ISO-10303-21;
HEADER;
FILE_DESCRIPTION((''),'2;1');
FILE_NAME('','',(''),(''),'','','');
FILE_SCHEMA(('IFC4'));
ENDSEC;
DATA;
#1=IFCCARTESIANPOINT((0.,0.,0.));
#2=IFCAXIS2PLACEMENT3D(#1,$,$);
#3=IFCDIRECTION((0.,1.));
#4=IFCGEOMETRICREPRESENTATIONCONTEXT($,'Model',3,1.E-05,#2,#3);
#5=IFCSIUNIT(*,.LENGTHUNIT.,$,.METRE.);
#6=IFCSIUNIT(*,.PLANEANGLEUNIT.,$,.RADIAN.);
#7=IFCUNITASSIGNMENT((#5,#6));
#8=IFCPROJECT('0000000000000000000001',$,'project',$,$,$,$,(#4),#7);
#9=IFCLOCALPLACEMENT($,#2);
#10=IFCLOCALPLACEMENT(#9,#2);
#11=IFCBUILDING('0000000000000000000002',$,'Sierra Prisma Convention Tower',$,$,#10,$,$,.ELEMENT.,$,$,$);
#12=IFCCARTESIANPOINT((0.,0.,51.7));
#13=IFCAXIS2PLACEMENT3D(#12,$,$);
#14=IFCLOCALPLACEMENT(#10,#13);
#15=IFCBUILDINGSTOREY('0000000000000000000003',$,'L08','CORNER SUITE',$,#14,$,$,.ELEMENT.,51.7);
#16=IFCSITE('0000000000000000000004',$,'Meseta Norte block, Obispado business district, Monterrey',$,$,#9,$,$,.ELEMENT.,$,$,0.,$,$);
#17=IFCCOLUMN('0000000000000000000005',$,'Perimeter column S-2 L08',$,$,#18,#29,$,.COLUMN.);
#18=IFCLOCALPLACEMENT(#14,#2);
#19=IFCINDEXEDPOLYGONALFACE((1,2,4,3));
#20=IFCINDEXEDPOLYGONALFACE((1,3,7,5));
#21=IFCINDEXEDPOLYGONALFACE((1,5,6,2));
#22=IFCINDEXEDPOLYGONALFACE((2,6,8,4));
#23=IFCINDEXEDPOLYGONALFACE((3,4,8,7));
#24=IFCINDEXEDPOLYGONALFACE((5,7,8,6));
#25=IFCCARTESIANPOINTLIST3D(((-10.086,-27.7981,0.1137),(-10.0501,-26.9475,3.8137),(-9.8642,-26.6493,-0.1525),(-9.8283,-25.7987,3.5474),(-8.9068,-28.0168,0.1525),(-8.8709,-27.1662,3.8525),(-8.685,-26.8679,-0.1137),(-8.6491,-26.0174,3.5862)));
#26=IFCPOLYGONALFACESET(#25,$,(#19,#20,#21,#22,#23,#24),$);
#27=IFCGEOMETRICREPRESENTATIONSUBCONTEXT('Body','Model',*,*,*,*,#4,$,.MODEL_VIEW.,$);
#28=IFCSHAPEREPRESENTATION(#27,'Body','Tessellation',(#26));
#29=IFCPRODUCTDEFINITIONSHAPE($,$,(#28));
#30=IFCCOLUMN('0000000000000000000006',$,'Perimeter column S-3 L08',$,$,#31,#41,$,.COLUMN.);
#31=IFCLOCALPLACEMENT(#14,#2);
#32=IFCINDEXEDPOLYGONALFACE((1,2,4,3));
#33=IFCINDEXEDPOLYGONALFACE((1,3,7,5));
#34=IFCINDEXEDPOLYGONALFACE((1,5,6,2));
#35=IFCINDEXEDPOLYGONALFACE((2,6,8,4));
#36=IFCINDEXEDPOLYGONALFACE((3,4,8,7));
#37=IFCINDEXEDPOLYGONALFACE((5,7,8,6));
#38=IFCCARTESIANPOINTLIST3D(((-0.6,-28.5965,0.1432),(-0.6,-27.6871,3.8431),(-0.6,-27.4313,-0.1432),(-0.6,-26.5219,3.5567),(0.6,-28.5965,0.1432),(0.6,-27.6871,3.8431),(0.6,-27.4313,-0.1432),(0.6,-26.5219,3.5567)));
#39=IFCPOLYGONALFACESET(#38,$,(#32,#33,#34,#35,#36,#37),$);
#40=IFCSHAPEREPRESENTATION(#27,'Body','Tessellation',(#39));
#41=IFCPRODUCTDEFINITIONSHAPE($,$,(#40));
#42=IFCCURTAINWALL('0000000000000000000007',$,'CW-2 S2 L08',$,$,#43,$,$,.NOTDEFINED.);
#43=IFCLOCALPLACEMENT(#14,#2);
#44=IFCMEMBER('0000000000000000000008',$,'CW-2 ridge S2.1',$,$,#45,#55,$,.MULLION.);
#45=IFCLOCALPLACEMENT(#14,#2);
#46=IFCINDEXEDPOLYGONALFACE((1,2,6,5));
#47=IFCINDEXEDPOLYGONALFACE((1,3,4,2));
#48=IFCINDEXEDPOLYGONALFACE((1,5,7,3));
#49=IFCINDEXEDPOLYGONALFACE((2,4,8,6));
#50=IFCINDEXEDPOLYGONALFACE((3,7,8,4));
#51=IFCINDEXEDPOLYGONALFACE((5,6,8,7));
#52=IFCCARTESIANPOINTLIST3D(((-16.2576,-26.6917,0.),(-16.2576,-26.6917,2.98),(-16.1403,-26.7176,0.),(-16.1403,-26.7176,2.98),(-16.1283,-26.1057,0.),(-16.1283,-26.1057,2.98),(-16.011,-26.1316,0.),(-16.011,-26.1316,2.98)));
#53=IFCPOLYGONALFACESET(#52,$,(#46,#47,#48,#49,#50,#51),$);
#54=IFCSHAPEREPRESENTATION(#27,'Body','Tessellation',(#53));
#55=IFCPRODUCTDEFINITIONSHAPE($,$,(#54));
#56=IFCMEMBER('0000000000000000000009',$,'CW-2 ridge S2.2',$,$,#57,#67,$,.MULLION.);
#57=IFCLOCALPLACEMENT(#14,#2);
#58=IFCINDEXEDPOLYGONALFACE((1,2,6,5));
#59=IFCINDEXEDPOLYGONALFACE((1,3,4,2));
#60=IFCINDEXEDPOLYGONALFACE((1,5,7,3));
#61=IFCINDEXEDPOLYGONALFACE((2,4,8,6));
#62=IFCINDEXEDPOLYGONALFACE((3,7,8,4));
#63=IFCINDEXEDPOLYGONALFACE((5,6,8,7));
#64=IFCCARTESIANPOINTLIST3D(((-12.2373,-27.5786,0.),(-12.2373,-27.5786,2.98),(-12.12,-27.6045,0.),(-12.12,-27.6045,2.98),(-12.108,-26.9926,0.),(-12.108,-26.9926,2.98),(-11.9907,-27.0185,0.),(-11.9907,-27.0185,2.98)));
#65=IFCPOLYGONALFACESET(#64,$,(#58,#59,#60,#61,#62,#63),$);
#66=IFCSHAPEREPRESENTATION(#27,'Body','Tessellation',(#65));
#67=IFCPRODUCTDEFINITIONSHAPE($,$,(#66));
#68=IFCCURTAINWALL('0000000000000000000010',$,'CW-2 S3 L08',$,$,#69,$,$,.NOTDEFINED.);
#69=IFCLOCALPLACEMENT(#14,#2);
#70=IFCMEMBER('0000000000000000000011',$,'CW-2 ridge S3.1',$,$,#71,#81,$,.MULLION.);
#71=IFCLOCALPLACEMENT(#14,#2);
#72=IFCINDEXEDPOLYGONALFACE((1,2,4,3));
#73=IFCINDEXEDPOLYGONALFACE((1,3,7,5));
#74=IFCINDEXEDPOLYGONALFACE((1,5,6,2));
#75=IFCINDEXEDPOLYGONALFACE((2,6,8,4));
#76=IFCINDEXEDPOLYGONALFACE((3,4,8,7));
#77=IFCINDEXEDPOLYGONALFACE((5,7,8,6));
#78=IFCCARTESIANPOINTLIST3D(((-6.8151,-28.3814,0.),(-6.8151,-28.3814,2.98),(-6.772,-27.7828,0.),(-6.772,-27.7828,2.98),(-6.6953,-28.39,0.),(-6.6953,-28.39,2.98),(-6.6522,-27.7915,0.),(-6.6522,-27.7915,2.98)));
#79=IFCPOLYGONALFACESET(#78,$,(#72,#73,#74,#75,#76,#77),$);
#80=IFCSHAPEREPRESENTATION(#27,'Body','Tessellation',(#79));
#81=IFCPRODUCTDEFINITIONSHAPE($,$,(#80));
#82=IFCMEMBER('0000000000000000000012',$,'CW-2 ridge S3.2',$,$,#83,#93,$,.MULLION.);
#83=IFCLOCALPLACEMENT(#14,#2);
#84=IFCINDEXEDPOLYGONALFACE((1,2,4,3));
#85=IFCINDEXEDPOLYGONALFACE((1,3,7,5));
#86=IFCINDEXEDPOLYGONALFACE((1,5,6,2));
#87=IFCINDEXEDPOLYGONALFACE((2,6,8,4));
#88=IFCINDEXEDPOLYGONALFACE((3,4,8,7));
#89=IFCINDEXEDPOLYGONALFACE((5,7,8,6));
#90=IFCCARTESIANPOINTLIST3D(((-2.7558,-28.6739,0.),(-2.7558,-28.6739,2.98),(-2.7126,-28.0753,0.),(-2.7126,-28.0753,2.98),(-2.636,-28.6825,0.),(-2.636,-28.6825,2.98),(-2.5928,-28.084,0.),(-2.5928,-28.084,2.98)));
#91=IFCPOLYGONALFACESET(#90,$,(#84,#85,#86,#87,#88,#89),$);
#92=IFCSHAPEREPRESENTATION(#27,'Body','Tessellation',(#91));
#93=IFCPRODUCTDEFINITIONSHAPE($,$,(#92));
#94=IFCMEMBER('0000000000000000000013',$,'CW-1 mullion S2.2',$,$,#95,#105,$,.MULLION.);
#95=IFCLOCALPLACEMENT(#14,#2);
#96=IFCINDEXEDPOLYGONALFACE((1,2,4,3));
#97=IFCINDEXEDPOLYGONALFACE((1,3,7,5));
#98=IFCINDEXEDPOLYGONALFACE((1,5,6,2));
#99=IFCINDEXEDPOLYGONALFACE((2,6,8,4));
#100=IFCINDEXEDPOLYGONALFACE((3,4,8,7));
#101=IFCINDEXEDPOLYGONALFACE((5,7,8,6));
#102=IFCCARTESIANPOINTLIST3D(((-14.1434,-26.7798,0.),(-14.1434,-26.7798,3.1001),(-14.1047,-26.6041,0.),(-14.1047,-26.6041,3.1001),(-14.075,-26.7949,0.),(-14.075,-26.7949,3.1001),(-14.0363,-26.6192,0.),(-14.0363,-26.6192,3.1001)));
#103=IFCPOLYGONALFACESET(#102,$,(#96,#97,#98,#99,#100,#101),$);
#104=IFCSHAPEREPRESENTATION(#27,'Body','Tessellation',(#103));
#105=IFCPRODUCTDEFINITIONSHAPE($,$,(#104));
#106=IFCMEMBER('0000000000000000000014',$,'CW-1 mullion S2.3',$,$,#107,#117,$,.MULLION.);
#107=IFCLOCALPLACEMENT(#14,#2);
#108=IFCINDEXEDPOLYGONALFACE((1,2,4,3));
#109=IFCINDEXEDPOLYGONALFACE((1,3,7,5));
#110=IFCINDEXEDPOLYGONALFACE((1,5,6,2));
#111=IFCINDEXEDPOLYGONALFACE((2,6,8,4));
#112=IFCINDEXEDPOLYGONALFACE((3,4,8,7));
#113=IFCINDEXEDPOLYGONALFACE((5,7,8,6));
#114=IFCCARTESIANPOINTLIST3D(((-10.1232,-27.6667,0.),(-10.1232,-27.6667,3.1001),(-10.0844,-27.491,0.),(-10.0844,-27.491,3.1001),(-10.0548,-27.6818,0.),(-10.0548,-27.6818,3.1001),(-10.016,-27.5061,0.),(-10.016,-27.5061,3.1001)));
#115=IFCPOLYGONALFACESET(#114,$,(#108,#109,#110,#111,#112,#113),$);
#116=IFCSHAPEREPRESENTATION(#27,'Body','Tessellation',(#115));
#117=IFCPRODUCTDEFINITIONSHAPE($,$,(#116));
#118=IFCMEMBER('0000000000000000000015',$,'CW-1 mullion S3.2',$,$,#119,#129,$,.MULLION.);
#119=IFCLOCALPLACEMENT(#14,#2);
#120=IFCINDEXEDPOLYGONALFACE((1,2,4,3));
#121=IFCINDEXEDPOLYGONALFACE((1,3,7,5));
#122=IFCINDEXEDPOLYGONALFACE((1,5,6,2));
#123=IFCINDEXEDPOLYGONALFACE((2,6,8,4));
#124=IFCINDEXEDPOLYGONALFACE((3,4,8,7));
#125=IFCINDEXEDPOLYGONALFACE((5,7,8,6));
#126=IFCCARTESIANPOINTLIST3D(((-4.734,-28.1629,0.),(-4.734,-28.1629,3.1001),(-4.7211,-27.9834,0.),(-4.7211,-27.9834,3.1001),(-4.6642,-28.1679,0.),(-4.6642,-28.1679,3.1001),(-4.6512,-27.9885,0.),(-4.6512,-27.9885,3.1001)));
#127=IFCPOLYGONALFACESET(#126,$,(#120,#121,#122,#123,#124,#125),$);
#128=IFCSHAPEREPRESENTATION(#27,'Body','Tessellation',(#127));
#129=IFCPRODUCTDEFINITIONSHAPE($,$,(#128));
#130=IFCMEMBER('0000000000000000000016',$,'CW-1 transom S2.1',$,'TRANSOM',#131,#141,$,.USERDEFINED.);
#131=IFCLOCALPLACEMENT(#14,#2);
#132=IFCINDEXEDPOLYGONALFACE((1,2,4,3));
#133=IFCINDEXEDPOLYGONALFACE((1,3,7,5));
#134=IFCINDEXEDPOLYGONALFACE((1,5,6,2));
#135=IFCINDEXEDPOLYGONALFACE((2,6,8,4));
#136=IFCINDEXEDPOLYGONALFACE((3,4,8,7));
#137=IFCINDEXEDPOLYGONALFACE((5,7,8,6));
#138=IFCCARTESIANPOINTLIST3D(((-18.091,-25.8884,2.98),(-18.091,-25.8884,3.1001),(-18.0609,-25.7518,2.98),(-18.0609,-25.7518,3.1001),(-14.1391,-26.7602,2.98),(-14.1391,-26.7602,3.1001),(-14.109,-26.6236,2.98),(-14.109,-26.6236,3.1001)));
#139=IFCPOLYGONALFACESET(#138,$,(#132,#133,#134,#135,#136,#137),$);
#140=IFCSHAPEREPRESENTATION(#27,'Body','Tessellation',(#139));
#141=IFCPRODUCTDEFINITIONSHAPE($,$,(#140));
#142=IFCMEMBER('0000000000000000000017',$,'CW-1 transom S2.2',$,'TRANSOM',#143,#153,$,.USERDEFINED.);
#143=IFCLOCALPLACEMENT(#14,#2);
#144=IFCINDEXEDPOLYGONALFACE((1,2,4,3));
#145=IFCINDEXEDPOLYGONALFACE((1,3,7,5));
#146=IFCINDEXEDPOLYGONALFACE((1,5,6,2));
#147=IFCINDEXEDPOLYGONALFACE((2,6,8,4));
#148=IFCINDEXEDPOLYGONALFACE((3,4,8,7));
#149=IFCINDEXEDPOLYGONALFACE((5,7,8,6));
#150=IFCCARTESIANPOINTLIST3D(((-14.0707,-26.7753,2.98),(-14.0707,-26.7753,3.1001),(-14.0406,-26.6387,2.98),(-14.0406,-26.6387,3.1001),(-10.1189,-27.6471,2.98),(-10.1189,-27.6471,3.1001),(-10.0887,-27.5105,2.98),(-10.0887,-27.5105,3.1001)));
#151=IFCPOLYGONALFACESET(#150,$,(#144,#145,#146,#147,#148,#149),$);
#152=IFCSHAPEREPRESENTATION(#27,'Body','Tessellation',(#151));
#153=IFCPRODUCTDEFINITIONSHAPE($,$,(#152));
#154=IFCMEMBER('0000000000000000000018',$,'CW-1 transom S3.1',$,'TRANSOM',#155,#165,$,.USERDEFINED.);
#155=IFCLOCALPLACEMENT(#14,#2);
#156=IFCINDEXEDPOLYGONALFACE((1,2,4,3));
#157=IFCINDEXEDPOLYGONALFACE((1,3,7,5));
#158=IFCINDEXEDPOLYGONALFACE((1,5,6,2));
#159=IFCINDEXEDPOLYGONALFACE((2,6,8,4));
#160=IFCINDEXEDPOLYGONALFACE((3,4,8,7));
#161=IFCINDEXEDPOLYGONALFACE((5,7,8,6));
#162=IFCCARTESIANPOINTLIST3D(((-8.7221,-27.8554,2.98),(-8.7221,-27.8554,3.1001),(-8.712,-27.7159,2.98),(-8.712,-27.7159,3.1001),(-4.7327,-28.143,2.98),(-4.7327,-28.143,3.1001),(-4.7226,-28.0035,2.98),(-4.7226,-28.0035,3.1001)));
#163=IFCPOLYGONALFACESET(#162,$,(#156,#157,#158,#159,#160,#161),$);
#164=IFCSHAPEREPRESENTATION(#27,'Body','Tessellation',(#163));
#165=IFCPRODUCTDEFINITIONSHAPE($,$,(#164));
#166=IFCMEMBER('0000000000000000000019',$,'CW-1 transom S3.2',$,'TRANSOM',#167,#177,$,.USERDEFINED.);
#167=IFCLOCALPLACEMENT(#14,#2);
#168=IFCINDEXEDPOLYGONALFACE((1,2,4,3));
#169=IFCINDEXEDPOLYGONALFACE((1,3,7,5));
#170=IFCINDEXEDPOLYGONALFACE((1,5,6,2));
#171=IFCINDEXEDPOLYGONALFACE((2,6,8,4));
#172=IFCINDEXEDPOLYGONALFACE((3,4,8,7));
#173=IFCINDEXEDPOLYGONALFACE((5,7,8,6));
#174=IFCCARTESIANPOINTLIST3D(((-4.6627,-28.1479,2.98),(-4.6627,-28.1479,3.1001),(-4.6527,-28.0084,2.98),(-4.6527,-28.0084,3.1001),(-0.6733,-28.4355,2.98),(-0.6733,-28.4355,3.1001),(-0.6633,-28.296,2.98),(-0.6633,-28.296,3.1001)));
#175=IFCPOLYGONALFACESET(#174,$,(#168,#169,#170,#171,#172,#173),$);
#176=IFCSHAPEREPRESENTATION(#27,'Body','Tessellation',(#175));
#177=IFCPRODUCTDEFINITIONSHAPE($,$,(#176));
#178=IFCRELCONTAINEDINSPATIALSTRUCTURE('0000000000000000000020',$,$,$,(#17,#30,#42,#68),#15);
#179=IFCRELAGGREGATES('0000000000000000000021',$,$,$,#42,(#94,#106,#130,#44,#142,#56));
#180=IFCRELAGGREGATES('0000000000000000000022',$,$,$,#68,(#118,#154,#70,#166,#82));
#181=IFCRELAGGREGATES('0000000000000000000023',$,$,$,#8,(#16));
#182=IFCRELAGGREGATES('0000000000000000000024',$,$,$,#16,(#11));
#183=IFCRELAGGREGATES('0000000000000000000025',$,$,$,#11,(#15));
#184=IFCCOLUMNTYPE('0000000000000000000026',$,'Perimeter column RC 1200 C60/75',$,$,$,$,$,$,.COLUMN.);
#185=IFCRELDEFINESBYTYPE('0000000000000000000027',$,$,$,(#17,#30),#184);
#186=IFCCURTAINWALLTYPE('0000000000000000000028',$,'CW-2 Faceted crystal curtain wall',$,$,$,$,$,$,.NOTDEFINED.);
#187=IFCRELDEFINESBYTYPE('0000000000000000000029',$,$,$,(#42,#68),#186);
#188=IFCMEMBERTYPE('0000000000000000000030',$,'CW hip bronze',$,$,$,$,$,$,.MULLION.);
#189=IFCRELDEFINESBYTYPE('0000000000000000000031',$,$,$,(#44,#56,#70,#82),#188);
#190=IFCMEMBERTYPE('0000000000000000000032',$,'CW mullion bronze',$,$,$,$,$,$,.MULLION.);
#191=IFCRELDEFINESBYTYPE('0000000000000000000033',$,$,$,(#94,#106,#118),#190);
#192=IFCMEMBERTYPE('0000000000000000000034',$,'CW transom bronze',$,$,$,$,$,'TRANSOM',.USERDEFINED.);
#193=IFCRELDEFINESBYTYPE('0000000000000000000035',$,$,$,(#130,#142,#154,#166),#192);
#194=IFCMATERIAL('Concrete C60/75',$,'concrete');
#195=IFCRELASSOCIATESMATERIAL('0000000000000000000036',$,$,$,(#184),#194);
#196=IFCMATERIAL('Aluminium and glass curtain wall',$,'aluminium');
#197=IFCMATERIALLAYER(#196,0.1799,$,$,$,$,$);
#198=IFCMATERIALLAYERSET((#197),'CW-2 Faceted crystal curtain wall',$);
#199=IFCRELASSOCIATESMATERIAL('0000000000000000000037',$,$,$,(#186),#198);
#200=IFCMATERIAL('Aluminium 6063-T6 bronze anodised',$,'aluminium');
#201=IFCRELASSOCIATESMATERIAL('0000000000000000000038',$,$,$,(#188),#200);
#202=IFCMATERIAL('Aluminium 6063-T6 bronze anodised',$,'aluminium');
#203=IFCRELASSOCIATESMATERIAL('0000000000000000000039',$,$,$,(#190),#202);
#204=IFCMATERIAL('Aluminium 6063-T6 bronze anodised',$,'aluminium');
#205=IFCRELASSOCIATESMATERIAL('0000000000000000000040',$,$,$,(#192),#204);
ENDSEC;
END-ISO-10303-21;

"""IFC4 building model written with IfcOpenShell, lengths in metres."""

from ifc_helpers import new_model, si_unit, direction, frame, origin, origin_2d, place, context, subcontext, project, spatial, rectangle, extrude, material, layer, layer_set, material_profile, profile_set, type_object, element, aggregate, save


model = new_model("IFC4")

# Units and contexts
model_context = context("Model", 3, precision=1e-05, world=origin(), true_north=direction((0.0, 1.0)))
body_context = subcontext(model_context, "Body", "Model", "MODEL_VIEW")
ifc_project = project(units=[si_unit("LENGTHUNIT", "METRE"), si_unit("PLANEANGLEUNIT", "RADIAN")], contexts=[model_context])

# Site, building, storey
site_placement = place(None, origin())
site = spatial("IfcSite", under=ifc_project, at=site_placement, Name="Meseta Norte block, Obispado business district, Monterrey", CompositionType="ELEMENT", RefElevation=0.0)
building_placement = place(site_placement, origin())
building = spatial("IfcBuilding", under=site, at=building_placement, Name="Sierra Prisma Convention Tower", CompositionType="ELEMENT")
storey_placement = place(building_placement, frame((0.0, 0.0, 51.7)))
storey = spatial("IfcBuildingStorey", under=building, at=storey_placement, Name="L08", Description="CORNER SUITE", CompositionType="ELEMENT", Elevation=51.7)

# Columns
ifc_material_1 = material(Name="Concrete C60/75", Category="concrete")
ifc_material_profile_1 = material_profile(ifc_material_1, rectangle(XDim=1.2, YDim=1.2, at=origin_2d()), Name="Perimeter column RC 1200 C60/75")
ifc_profile_set_1 = profile_set([ifc_material_profile_1], Name="Concrete C60/75")
column_type = type_object("IfcColumnType", Name="Perimeter column RC 1200 C60/75", PredefinedType="COLUMN", material=ifc_profile_set_1)
column_1_placement = place(storey_placement, frame((-9.3855, -27.333, 0.0), z_axis=(0.009453, 0.224037, 0.974535), x_axis=(0.982721, -0.182244, 0.032364)))
element("IfcColumn", 1, at=column_1_placement, inside=storey, type_object=column_type, Name="Perimeter column S-2 L08", PredefinedType="COLUMN", context=body_context, shape_type="SweptSolid", body=[
    extrude(rectangle(XDim=1.2, YDim=1.2, at=origin_2d()), origin(), (0.0, 0.0, 1.0), 3.7966),
])
column_2_placement = place(storey_placement, frame((0.0, -28.0139, 0.0), z_axis=(0.0, 0.238689, 0.971096), x_axis=(-1.0, 0.0, 0.0)))
element("IfcColumn", 2, at=column_2_placement, inside=storey, type_object=column_type, Name="Perimeter column S-3 L08", PredefinedType="COLUMN", context=body_context, shape_type="SweptSolid", body=[
    extrude(rectangle(XDim=1.2, YDim=1.2, at=origin_2d()), origin(), (0.0, 0.0, 1.0), 3.8101),
])

# Curtain walls, members
ifc_material_2 = material(Name="Aluminium and glass curtain wall", Category="aluminium")
ifc_layer_1 = layer(ifc_material_2, 0.1799)
ifc_layer_set_1 = layer_set([ifc_layer_1], Name="CW-2 Faceted crystal curtain wall")
curtain_wall_type = type_object("IfcCurtainWallType", Name="CW-2 Faceted crystal curtain wall", PredefinedType="NOTDEFINED", material=ifc_layer_set_1)
curtain_wall_1_placement = place(storey_placement, origin())
curtain_wall_1 = element("IfcCurtainWall", 3, at=curtain_wall_1_placement, inside=storey, type_object=curtain_wall_type, Name="CW-2 S2 L08", PredefinedType="NOTDEFINED")
ifc_material_3 = material(Name="Aluminium 6063-T6 bronze anodised", Category="aluminium")
ifc_material_profile_2 = material_profile(ifc_material_3, rectangle(XDim=0.1201, YDim=0.6001, at=origin_2d()), Name="ALU RIDGE BLADE 120x600")
ifc_profile_set_2 = profile_set([ifc_material_profile_2], Name="Aluminium 6063-T6 bronze anodised")
member_type_1 = type_object("IfcMemberType", Name="CW hip bronze", PredefinedType="MULLION", material=ifc_profile_set_2)
member_1_placement = place(storey_placement, frame((-16.1343, -26.4116, 0.0), z_axis=(0.0, 0.0, 1.0), x_axis=(0.976517, -0.215438, 0.0)))
member_1 = element("IfcMember", 4, at=member_1_placement, type_object=member_type_1, Name="CW-2 ridge S2.1", PredefinedType="MULLION", context=body_context, shape_type="SweptSolid", body=[
    extrude(rectangle(XDim=0.1201, YDim=0.6001, at=origin_2d()), origin(), (0.0, 0.0, 1.0), 2.98),
])
member_2_placement = place(storey_placement, frame((-12.114, -27.2986, 0.0), z_axis=(0.0, 0.0, 1.0), x_axis=(0.976517, -0.215438, 0.0)))
member_2 = element("IfcMember", 5, at=member_2_placement, type_object=member_type_1, Name="CW-2 ridge S2.2", PredefinedType="MULLION", context=body_context, shape_type="SweptSolid", body=[
    extrude(rectangle(XDim=0.1201, YDim=0.6001, at=origin_2d()), origin(), (0.0, 0.0, 1.0), 2.98),
])
curtain_wall_2_placement = place(storey_placement, origin())
curtain_wall_2 = element("IfcCurtainWall", 6, at=curtain_wall_2_placement, inside=storey, type_object=curtain_wall_type, Name="CW-2 S3 L08", PredefinedType="NOTDEFINED")
member_3_placement = place(storey_placement, frame((-6.7336, -28.0864, 0.0), z_axis=(0.0, 0.0, 1.0), x_axis=(0.997411, -0.07191, 0.0)))
member_3 = element("IfcMember", 7, at=member_3_placement, type_object=member_type_1, Name="CW-2 ridge S3.1", PredefinedType="MULLION", context=body_context, shape_type="SweptSolid", body=[
    extrude(rectangle(XDim=0.1201, YDim=0.6001, at=origin_2d()), origin(), (0.0, 0.0, 1.0), 2.98),
])
member_4_placement = place(storey_placement, frame((-2.6743, -28.3789, 0.0), z_axis=(0.0, 0.0, 1.0), x_axis=(0.997411, -0.07191, 0.0)))
member_4 = element("IfcMember", 8, at=member_4_placement, type_object=member_type_1, Name="CW-2 ridge S3.2", PredefinedType="MULLION", context=body_context, shape_type="SweptSolid", body=[
    extrude(rectangle(XDim=0.1201, YDim=0.6001, at=origin_2d()), origin(), (0.0, 0.0, 1.0), 2.98),
])

# Members
ifc_material_4 = material(Name="Aluminium 6063-T6 bronze anodised", Category="aluminium")
ifc_material_profile_3 = material_profile(ifc_material_4, rectangle(XDim=0.1799, YDim=0.0701, at=origin_2d()), Name="ALU MULLION 70x180")
ifc_profile_set_3 = profile_set([ifc_material_profile_3], Name="Aluminium 6063-T6 bronze anodised")
member_type_2 = type_object("IfcMemberType", Name="CW mullion bronze", PredefinedType="MULLION", material=ifc_profile_set_3)
member_5_placement = place(storey_placement, frame((-14.0898, -26.6995, 0.0), z_axis=(0.0, 0.0, 1.0), x_axis=(0.215438, 0.976517, 0.0)))
member_5 = element("IfcMember", 9, at=member_5_placement, type_object=member_type_2, Name="CW-1 mullion S2.2", PredefinedType="MULLION", context=body_context, shape_type="SweptSolid", body=[
    extrude(rectangle(XDim=0.1799, YDim=0.0701, at=origin_2d()), origin(), (0.0, 0.0, 1.0), 3.1001),
])
member_6_placement = place(storey_placement, frame((-10.0696, -27.5864, 0.0), z_axis=(0.0, 0.0, 1.0), x_axis=(0.215438, 0.976517, 0.0)))
member_6 = element("IfcMember", 10, at=member_6_placement, type_object=member_type_2, Name="CW-1 mullion S2.3", PredefinedType="MULLION", context=body_context, shape_type="SweptSolid", body=[
    extrude(rectangle(XDim=0.1799, YDim=0.0701, at=origin_2d()), origin(), (0.0, 0.0, 1.0), 3.1001),
])
member_7_placement = place(storey_placement, frame((-4.6926, -28.0757, 0.0), z_axis=(0.0, 0.0, 1.0), x_axis=(0.07191, 0.997411, 0.0)))
member_7 = element("IfcMember", 11, at=member_7_placement, type_object=member_type_2, Name="CW-1 mullion S3.2", PredefinedType="MULLION", context=body_context, shape_type="SweptSolid", body=[
    extrude(rectangle(XDim=0.1799, YDim=0.0701, at=origin_2d()), origin(), (0.0, 0.0, 1.0), 3.1001),
])
ifc_material_5 = material(Name="Aluminium 6063-T6 bronze anodised", Category="aluminium")
ifc_material_profile_4 = material_profile(ifc_material_5, rectangle(XDim=0.1399, YDim=0.1201, at=origin_2d()), Name="ALU TRANSOM 120x140")
ifc_profile_set_4 = profile_set([ifc_material_profile_4], Name="Aluminium 6063-T6 bronze anodised")
member_type_3 = type_object("IfcMemberType", Name="CW transom bronze", ElementType="TRANSOM", PredefinedType="USERDEFINED", material=ifc_profile_set_4)
member_8_placement = place(storey_placement, frame((-18.0759, -25.8201, 3.04), z_axis=(0.976519, -0.215429, 0.0), x_axis=(0.215429, 0.976519, 0.0)))
member_8 = element("IfcMember", 12, at=member_8_placement, type_object=member_type_3, Name="CW-1 transom S2.1", ObjectType="TRANSOM", PredefinedType="USERDEFINED", context=body_context, shape_type="SweptSolid", body=[
    extrude(rectangle(XDim=0.1399, YDim=0.1201, at=origin_2d()), origin(), (0.0, 0.0, 1.0), 4.0469),
])
member_9_placement = place(storey_placement, frame((-14.0557, -26.707, 3.04), z_axis=(0.976519, -0.215429, 0.0), x_axis=(0.215429, 0.976519, 0.0)))
member_9 = element("IfcMember", 13, at=member_9_placement, type_object=member_type_3, Name="CW-1 transom S2.2", ObjectType="TRANSOM", PredefinedType="USERDEFINED", context=body_context, shape_type="SweptSolid", body=[
    extrude(rectangle(XDim=0.1399, YDim=0.1201, at=origin_2d()), origin(), (0.0, 0.0, 1.0), 4.0469),
])
member_10_placement = place(storey_placement, frame((-8.717, -27.7856, 3.04), z_axis=(0.997412, -0.071902, 0.0), x_axis=(0.071902, 0.997412, 0.0)))
member_10 = element("IfcMember", 14, at=member_10_placement, type_object=member_type_3, Name="CW-1 transom S3.1", ObjectType="TRANSOM", PredefinedType="USERDEFINED", context=body_context, shape_type="SweptSolid", body=[
    extrude(rectangle(XDim=0.1399, YDim=0.1201, at=origin_2d()), origin(), (0.0, 0.0, 1.0), 3.9998),
])
member_11_placement = place(storey_placement, frame((-4.6577, -28.0781, 3.04), z_axis=(0.997412, -0.071902, 0.0), x_axis=(0.071902, 0.997412, 0.0)))
member_11 = element("IfcMember", 15, at=member_11_placement, type_object=member_type_3, Name="CW-1 transom S3.2", ObjectType="TRANSOM", PredefinedType="USERDEFINED", context=body_context, shape_type="SweptSolid", body=[
    extrude(rectangle(XDim=0.1399, YDim=0.1201, at=origin_2d()), origin(), (0.0, 0.0, 1.0), 3.9998),
])

aggregate(curtain_wall_1, [member_5, member_6, member_8, member_1, member_9, member_2])
aggregate(curtain_wall_2, [member_7, member_10, member_3, member_11, member_4])

save(model, "model.ifc")
